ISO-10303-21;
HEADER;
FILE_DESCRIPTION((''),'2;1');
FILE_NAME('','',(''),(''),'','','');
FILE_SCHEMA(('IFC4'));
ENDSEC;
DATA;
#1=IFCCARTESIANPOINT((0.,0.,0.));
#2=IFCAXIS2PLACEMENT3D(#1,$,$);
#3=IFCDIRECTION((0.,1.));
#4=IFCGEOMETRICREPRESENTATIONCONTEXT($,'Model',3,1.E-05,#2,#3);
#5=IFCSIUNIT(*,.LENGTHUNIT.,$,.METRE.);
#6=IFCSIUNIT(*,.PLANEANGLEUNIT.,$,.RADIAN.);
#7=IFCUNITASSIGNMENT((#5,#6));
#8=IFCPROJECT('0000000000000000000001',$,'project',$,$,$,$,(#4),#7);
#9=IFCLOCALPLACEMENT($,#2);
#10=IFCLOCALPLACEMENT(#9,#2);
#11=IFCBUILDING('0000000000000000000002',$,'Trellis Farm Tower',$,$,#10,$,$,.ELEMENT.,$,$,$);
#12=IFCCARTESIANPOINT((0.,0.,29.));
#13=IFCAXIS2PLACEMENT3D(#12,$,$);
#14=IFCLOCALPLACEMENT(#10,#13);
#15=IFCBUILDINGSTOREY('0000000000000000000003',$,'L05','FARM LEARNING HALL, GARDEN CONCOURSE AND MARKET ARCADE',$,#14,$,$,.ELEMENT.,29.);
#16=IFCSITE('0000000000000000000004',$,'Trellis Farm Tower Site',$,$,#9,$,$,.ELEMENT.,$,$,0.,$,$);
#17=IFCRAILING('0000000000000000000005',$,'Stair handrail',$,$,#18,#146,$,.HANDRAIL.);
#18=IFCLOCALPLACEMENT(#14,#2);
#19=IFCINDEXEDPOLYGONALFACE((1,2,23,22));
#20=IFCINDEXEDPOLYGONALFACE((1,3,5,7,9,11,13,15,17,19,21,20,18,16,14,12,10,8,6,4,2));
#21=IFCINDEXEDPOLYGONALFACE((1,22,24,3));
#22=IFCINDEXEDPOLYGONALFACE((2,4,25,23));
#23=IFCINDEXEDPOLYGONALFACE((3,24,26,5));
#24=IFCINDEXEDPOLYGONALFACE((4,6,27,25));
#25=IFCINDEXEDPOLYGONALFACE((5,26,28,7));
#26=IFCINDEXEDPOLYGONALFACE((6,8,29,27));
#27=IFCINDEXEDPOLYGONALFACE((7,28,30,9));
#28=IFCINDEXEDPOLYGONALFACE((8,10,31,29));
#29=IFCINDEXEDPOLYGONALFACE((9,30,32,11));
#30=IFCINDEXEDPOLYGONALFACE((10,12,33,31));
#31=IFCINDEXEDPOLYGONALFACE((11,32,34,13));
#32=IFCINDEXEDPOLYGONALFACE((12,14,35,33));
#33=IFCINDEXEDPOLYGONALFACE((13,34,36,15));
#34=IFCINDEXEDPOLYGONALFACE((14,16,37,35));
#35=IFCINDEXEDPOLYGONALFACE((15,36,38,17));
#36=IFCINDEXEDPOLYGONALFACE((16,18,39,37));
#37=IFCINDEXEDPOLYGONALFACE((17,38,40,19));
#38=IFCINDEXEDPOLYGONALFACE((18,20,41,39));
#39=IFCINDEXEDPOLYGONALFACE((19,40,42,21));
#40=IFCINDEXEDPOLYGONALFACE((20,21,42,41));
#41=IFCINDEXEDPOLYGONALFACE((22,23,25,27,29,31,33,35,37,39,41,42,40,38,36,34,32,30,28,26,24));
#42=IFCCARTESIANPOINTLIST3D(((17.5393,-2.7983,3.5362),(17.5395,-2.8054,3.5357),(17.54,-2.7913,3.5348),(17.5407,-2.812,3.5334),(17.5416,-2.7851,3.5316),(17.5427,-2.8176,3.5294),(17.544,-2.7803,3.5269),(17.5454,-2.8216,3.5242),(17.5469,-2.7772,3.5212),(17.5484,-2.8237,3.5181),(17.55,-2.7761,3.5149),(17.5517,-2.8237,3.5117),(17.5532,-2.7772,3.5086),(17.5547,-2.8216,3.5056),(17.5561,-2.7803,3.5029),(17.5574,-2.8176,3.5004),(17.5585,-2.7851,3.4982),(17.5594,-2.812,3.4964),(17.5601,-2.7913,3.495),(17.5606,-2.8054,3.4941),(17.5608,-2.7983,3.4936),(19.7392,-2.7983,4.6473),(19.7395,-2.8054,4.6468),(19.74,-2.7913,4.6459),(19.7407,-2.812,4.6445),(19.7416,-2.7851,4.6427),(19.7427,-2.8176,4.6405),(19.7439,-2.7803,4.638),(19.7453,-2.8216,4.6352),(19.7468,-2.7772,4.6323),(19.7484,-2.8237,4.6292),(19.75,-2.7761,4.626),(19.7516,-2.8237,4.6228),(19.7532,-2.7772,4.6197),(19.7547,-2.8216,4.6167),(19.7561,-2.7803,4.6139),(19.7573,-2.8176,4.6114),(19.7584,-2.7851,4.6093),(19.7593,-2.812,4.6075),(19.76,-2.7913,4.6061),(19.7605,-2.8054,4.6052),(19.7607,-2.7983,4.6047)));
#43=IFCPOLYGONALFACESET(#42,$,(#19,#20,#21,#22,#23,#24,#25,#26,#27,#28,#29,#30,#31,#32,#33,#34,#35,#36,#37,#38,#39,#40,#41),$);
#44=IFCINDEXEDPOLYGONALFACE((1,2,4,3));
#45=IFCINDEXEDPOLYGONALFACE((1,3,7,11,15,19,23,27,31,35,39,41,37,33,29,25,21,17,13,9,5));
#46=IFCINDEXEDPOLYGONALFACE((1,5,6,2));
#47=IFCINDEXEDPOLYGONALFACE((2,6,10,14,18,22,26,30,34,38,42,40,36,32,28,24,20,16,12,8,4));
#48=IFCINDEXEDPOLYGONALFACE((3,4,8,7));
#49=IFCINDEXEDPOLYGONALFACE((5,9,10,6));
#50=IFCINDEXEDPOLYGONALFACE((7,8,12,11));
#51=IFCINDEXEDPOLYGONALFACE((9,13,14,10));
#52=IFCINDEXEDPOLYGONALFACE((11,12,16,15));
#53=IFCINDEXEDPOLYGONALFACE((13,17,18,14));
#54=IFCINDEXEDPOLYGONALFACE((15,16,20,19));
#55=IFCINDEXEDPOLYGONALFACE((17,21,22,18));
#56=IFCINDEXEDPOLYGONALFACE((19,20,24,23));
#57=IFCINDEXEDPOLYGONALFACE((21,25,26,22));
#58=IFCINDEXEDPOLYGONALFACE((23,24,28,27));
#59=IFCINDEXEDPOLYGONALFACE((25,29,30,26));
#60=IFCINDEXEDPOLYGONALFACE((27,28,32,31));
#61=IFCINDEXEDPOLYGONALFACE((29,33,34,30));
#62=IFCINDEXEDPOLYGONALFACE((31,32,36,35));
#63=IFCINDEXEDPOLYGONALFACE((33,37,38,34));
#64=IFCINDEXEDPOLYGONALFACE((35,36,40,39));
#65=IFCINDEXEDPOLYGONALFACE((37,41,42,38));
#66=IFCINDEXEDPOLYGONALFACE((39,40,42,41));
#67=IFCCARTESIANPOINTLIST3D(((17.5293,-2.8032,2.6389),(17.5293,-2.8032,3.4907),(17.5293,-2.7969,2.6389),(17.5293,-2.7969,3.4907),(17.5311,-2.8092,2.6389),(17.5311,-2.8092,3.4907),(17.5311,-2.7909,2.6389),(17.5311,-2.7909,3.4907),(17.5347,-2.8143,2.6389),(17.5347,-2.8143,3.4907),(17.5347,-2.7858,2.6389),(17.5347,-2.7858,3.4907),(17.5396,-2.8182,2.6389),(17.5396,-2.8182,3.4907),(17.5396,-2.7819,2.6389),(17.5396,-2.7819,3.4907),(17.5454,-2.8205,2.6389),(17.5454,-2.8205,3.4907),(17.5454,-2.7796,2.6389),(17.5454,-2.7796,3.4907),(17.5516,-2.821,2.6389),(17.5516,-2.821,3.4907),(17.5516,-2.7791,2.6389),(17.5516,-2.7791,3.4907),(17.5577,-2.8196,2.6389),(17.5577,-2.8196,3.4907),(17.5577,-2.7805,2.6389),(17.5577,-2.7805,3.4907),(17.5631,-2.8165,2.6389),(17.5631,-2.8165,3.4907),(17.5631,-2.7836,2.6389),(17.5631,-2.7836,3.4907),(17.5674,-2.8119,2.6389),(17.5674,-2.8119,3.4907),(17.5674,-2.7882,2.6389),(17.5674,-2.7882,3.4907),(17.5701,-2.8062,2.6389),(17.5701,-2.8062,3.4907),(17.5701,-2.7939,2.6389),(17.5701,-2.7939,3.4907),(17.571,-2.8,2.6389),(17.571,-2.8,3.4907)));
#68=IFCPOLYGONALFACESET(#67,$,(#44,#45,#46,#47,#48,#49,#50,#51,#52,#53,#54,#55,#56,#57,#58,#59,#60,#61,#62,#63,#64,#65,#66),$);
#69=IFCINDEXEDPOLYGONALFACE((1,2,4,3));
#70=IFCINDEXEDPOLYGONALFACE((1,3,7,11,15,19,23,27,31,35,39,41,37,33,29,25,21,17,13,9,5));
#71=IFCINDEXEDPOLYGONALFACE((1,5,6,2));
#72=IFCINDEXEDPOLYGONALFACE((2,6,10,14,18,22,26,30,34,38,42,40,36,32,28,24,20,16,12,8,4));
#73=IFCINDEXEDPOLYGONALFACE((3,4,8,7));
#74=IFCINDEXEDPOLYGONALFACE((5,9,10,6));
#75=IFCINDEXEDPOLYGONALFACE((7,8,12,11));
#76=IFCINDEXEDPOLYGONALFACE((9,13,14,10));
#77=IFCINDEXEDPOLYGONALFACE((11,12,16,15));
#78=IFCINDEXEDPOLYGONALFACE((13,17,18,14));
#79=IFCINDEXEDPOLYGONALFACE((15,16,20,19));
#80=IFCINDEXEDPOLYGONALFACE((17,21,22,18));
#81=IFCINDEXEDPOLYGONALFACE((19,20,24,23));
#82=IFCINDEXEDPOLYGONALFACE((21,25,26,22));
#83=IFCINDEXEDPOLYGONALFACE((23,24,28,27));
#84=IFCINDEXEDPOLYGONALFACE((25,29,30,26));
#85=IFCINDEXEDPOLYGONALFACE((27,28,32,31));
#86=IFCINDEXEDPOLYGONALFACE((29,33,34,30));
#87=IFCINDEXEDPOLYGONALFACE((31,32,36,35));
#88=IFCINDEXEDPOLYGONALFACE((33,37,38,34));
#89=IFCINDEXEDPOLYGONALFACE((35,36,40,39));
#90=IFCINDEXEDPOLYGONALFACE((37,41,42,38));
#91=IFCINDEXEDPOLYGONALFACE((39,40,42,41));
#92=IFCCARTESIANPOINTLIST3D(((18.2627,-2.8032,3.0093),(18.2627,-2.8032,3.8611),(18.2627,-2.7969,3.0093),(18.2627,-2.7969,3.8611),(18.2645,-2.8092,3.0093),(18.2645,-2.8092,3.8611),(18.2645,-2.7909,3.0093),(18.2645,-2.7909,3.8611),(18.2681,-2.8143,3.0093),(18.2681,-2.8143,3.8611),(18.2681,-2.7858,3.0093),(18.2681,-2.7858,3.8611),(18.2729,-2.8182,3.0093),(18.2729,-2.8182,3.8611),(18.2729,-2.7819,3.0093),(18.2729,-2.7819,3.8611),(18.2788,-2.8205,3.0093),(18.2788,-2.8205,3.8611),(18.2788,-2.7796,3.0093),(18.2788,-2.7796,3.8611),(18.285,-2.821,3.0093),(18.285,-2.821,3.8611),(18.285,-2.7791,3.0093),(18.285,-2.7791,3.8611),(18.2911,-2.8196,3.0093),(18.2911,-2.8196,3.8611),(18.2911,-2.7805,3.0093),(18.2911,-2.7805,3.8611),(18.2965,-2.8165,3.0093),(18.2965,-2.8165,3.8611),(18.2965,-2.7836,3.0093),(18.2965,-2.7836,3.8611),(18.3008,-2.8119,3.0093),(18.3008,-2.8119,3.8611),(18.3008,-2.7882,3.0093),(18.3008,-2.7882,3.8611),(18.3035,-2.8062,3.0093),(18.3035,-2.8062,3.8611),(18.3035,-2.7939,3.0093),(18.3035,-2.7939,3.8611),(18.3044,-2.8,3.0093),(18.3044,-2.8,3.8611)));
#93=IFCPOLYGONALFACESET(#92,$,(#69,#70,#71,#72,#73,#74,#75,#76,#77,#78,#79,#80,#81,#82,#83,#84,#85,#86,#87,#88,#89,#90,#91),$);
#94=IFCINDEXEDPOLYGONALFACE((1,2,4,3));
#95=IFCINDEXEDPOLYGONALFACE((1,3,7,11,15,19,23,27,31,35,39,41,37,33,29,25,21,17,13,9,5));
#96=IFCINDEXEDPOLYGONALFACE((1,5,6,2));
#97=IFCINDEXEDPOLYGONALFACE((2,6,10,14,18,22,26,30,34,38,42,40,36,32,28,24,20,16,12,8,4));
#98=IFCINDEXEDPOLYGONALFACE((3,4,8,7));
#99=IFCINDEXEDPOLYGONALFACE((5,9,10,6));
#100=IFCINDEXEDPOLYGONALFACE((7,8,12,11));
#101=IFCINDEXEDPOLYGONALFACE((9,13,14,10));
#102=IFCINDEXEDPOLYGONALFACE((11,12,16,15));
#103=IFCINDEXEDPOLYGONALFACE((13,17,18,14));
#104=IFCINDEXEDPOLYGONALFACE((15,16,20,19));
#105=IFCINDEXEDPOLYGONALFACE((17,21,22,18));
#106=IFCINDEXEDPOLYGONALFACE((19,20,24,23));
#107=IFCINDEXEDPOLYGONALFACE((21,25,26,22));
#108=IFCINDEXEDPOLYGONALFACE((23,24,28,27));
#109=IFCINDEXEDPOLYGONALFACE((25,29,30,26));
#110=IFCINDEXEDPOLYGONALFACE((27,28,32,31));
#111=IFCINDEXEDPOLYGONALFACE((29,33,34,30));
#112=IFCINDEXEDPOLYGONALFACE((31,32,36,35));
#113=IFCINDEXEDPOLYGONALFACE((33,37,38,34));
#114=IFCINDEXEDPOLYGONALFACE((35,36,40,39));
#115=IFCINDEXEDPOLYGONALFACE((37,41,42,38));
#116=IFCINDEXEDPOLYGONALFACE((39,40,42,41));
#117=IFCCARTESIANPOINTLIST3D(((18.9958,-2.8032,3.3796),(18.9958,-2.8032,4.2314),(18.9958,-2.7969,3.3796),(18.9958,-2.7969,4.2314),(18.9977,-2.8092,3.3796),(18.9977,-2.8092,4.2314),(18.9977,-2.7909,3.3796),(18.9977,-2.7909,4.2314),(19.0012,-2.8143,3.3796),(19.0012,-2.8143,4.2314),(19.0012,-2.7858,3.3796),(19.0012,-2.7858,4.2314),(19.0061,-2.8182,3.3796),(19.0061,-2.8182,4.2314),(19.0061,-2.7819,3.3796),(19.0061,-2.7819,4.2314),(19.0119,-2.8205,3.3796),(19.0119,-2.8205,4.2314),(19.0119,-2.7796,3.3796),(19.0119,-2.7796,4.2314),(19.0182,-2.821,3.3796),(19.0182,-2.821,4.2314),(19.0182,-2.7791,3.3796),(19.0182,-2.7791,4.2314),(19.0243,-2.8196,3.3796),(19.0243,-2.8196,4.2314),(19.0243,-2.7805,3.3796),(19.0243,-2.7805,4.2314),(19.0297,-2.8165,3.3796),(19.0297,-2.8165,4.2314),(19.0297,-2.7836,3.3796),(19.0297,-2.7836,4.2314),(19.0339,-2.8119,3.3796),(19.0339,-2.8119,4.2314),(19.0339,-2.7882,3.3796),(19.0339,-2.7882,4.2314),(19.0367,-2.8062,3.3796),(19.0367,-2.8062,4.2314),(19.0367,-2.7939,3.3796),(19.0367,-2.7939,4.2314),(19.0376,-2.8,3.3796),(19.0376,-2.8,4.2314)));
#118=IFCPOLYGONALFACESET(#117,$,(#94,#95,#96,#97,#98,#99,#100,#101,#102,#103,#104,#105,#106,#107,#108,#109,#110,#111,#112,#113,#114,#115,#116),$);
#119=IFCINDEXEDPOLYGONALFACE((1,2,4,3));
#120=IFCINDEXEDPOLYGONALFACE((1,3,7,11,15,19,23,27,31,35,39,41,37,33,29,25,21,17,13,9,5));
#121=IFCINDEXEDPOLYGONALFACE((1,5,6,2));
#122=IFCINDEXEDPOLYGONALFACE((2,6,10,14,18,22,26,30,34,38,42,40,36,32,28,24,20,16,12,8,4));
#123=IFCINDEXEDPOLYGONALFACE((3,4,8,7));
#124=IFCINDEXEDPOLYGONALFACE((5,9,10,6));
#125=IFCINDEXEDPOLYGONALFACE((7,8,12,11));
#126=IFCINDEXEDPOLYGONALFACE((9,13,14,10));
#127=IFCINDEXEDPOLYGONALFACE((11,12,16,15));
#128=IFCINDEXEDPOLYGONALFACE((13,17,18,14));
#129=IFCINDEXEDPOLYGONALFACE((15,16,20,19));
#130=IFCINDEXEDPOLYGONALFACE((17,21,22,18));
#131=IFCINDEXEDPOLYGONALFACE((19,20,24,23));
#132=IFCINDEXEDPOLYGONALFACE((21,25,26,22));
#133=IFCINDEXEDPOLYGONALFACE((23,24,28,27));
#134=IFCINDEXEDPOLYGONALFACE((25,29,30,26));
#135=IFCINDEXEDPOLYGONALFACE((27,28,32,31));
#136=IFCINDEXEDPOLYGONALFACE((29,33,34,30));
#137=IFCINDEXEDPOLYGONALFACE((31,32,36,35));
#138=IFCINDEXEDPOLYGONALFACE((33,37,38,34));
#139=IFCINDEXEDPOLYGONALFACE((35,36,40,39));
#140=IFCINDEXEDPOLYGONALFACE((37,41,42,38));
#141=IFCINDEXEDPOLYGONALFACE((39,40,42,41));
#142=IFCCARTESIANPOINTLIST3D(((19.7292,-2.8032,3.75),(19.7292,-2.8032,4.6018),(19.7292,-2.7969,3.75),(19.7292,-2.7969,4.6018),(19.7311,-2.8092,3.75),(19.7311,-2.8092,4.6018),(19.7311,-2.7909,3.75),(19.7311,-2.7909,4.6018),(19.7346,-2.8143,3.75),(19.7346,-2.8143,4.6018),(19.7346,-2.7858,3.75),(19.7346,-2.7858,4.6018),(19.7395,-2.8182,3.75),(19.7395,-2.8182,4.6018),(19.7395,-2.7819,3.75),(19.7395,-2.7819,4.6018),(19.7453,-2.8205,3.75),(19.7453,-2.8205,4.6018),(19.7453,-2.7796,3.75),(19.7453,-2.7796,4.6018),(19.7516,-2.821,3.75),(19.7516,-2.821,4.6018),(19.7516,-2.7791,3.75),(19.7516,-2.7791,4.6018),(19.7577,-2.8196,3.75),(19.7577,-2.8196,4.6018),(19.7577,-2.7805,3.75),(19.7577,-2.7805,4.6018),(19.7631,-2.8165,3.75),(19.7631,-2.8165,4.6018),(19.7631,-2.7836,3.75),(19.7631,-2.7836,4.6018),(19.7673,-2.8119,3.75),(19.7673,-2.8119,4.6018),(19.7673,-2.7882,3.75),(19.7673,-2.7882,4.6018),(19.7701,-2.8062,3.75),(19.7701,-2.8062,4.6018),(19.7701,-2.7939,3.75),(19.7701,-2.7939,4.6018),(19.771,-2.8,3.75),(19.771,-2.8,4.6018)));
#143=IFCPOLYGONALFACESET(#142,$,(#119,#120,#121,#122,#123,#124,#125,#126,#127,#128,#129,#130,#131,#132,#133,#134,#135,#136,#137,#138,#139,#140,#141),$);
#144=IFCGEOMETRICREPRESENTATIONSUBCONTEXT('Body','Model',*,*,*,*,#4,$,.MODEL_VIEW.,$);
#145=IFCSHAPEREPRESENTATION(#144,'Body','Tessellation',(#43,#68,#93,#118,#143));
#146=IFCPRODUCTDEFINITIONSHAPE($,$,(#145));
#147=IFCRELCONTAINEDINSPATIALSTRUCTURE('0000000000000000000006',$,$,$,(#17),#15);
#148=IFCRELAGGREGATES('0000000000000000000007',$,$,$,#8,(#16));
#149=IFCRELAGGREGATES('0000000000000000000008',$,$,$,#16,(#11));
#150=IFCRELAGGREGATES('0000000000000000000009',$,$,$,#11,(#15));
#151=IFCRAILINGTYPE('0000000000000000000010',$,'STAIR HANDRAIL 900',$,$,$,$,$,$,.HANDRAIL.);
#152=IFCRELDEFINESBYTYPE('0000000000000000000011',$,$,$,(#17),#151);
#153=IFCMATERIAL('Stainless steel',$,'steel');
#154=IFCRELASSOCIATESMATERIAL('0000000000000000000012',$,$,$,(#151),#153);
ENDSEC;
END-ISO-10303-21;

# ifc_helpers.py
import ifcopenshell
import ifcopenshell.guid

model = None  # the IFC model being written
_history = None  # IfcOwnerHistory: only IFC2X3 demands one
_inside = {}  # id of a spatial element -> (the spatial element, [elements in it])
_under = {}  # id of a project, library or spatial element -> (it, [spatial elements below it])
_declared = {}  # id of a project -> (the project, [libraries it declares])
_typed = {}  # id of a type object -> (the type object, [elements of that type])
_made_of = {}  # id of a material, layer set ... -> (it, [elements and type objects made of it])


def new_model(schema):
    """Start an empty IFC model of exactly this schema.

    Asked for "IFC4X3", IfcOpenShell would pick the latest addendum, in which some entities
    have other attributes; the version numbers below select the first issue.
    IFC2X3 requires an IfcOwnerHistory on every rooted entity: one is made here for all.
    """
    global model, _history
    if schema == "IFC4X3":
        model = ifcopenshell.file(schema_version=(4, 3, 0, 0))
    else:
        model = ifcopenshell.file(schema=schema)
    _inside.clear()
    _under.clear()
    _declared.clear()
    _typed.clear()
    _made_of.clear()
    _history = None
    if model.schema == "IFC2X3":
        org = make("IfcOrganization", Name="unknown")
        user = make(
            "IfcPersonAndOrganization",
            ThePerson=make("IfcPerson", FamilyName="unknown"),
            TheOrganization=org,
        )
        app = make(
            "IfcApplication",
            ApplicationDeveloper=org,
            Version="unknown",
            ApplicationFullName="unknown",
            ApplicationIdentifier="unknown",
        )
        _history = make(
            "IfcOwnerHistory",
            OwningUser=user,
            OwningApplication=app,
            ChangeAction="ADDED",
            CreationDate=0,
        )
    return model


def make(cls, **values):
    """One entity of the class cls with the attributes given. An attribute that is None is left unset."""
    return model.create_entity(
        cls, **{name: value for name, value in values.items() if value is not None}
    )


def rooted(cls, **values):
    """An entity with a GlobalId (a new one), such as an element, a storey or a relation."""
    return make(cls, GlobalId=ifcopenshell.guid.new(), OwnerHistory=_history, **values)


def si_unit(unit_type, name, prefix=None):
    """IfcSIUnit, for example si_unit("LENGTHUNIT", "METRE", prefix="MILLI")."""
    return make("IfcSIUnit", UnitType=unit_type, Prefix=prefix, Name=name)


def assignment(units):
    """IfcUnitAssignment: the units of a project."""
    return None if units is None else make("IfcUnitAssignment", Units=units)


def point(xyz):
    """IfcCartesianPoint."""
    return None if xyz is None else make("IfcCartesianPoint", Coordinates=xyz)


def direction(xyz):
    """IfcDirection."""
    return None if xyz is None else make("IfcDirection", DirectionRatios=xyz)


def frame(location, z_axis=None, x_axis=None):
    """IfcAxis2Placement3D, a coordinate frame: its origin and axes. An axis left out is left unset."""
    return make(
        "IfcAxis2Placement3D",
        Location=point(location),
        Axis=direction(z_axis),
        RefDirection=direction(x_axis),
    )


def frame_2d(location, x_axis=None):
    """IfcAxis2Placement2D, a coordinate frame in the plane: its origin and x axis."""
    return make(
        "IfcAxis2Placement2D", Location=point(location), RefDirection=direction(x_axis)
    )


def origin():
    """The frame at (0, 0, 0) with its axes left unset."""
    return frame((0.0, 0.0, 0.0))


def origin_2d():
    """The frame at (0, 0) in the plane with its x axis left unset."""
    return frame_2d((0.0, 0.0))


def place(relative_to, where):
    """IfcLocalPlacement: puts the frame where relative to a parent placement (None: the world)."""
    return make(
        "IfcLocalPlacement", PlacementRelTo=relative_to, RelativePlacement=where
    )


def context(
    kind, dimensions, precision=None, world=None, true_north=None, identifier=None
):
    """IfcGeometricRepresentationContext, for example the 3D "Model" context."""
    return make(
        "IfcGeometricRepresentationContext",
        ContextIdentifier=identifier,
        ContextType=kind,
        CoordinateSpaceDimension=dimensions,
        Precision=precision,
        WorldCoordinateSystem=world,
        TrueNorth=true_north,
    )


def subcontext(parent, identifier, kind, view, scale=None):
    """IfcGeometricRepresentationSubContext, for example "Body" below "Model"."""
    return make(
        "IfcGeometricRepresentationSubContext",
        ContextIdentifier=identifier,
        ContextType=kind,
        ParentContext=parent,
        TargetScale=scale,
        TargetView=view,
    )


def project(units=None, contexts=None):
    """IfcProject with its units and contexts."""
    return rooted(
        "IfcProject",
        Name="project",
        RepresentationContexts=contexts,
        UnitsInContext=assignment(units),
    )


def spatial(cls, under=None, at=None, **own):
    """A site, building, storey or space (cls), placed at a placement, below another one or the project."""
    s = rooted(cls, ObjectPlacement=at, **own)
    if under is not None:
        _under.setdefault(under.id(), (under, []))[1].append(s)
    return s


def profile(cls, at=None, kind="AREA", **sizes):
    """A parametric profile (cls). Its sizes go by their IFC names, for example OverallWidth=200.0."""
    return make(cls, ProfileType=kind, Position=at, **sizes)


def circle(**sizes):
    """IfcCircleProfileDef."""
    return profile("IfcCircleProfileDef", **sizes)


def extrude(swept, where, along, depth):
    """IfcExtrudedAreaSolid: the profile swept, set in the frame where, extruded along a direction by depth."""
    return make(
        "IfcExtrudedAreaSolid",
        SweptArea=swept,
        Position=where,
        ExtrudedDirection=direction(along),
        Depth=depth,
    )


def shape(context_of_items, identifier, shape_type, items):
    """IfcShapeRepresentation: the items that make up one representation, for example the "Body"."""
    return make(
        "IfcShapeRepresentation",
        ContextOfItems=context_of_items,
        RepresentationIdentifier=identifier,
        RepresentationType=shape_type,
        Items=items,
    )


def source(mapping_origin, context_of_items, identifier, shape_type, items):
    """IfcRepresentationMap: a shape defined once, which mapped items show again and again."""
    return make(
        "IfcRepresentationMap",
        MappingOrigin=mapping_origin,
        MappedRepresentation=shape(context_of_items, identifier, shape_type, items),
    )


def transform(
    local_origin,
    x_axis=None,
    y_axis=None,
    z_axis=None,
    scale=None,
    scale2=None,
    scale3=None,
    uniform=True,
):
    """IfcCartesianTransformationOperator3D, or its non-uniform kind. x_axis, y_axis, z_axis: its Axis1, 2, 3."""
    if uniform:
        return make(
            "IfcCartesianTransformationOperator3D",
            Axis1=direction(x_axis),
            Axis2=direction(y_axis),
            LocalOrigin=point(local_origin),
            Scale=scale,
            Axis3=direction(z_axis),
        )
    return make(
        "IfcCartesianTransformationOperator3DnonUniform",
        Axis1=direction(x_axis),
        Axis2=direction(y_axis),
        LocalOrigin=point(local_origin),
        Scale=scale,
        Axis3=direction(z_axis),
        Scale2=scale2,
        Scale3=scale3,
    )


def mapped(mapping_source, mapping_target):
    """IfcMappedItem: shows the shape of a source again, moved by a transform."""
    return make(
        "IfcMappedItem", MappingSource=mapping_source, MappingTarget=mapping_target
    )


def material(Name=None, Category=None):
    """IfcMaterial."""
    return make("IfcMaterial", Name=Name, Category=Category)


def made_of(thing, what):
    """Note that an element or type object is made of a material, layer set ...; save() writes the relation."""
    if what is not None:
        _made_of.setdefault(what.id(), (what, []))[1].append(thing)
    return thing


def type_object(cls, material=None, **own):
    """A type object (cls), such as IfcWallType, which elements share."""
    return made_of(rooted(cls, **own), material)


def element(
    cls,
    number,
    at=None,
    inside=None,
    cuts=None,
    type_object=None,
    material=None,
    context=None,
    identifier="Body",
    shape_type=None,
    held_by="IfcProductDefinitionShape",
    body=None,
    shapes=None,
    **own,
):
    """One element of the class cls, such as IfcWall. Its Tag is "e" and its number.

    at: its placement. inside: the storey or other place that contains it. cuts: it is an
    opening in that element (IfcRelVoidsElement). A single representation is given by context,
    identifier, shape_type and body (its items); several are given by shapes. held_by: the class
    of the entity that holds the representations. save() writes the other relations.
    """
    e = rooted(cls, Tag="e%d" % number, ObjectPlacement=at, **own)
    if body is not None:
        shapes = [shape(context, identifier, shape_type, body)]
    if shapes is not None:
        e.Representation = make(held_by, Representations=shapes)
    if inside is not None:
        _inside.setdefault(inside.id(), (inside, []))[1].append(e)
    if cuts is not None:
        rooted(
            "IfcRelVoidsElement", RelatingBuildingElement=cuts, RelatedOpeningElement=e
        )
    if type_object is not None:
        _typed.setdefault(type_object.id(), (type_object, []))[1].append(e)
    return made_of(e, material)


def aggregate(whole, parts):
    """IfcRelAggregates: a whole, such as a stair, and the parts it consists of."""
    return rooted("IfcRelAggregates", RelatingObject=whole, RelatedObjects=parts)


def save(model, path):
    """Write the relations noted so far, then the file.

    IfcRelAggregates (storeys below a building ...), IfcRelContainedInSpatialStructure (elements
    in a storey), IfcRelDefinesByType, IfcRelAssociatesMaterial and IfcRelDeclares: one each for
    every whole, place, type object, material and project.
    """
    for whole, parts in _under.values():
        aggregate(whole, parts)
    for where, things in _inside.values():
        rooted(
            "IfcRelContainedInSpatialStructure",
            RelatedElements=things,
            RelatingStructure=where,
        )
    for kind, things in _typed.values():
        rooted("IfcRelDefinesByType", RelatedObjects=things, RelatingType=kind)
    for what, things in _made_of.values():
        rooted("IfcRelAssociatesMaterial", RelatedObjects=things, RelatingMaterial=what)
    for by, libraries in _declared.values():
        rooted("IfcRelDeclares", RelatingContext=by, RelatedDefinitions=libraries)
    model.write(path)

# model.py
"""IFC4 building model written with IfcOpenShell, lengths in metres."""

from ifc_helpers import new_model, si_unit, direction, frame, origin, origin_2d, place, context, subcontext, project, spatial, circle, extrude, source, transform, mapped, material, type_object, element, save


model = new_model("IFC4")

# Units and contexts
model_context = context("Model", 3, precision=1e-05, world=origin(), true_north=direction((0.0, 1.0)))
body_context = subcontext(model_context, "Body", "Model", "MODEL_VIEW")
ifc_project = project(units=[si_unit("LENGTHUNIT", "METRE"), si_unit("PLANEANGLEUNIT", "RADIAN")], contexts=[model_context])

# Site, building, storey
site_placement = place(None, origin())
site = spatial("IfcSite", under=ifc_project, at=site_placement, Name="Trellis Farm Tower Site", CompositionType="ELEMENT", RefElevation=0.0)
building_placement = place(site_placement, origin())
building = spatial("IfcBuilding", under=site, at=building_placement, Name="Trellis Farm Tower", CompositionType="ELEMENT")
storey_placement = place(building_placement, frame((0.0, 0.0, 29.0)))
storey = spatial("IfcBuildingStorey", under=building, at=storey_placement, Name="L05", Description="FARM LEARNING HALL, GARDEN CONCOURSE AND MARKET ARCADE", CompositionType="ELEMENT", Elevation=29.0)

# Railing
ifc_material_1 = material(Name="Stainless steel", Category="steel")
railing_type = type_object("IfcRailingType", Name="STAIR HANDRAIL 900", PredefinedType="HANDRAIL", material=ifc_material_1)
shared_shape_1 = source(origin(), body_context, "Body", "SweptSolid", [
    extrude(circle(Radius=0.0239, at=origin_2d()), frame((0.0, 0.0, 0.876), z_axis=(0.892617, 0.0, 0.450816), x_axis=(0.0, 1.0, 0.0)), (0.0, 0.0, 1.0), 2.4646),
    extrude(circle(Radius=0.021, at=origin_2d()), origin(), (0.0, 0.0, 1.0), 0.8518),
    extrude(circle(Radius=0.021, at=origin_2d()), frame((0.7334, 0.0, 0.3704)), (0.0, 0.0, 1.0), 0.8518),
    extrude(circle(Radius=0.021, at=origin_2d()), frame((1.4666, 0.0, 0.7407)), (0.0, 0.0, 1.0), 0.8518),
    extrude(circle(Radius=0.021, at=origin_2d()), frame((2.2, 0.0, 1.1111)), (0.0, 0.0, 1.0), 0.8518),
])
for number, where, name in (
    (1, (17.55, -2.8, 2.6389), "Stair handrail"),
):
    element("IfcRailing", number, at=place(storey_placement, frame(where)), inside=storey, type_object=railing_type, Name=name, PredefinedType="HANDRAIL", context=body_context, shape_type="MappedRepresentation", body=[
        mapped(shared_shape_1, transform((0.0, 0.0, 0.0))),
    ])

save(model, "model.ifc")
